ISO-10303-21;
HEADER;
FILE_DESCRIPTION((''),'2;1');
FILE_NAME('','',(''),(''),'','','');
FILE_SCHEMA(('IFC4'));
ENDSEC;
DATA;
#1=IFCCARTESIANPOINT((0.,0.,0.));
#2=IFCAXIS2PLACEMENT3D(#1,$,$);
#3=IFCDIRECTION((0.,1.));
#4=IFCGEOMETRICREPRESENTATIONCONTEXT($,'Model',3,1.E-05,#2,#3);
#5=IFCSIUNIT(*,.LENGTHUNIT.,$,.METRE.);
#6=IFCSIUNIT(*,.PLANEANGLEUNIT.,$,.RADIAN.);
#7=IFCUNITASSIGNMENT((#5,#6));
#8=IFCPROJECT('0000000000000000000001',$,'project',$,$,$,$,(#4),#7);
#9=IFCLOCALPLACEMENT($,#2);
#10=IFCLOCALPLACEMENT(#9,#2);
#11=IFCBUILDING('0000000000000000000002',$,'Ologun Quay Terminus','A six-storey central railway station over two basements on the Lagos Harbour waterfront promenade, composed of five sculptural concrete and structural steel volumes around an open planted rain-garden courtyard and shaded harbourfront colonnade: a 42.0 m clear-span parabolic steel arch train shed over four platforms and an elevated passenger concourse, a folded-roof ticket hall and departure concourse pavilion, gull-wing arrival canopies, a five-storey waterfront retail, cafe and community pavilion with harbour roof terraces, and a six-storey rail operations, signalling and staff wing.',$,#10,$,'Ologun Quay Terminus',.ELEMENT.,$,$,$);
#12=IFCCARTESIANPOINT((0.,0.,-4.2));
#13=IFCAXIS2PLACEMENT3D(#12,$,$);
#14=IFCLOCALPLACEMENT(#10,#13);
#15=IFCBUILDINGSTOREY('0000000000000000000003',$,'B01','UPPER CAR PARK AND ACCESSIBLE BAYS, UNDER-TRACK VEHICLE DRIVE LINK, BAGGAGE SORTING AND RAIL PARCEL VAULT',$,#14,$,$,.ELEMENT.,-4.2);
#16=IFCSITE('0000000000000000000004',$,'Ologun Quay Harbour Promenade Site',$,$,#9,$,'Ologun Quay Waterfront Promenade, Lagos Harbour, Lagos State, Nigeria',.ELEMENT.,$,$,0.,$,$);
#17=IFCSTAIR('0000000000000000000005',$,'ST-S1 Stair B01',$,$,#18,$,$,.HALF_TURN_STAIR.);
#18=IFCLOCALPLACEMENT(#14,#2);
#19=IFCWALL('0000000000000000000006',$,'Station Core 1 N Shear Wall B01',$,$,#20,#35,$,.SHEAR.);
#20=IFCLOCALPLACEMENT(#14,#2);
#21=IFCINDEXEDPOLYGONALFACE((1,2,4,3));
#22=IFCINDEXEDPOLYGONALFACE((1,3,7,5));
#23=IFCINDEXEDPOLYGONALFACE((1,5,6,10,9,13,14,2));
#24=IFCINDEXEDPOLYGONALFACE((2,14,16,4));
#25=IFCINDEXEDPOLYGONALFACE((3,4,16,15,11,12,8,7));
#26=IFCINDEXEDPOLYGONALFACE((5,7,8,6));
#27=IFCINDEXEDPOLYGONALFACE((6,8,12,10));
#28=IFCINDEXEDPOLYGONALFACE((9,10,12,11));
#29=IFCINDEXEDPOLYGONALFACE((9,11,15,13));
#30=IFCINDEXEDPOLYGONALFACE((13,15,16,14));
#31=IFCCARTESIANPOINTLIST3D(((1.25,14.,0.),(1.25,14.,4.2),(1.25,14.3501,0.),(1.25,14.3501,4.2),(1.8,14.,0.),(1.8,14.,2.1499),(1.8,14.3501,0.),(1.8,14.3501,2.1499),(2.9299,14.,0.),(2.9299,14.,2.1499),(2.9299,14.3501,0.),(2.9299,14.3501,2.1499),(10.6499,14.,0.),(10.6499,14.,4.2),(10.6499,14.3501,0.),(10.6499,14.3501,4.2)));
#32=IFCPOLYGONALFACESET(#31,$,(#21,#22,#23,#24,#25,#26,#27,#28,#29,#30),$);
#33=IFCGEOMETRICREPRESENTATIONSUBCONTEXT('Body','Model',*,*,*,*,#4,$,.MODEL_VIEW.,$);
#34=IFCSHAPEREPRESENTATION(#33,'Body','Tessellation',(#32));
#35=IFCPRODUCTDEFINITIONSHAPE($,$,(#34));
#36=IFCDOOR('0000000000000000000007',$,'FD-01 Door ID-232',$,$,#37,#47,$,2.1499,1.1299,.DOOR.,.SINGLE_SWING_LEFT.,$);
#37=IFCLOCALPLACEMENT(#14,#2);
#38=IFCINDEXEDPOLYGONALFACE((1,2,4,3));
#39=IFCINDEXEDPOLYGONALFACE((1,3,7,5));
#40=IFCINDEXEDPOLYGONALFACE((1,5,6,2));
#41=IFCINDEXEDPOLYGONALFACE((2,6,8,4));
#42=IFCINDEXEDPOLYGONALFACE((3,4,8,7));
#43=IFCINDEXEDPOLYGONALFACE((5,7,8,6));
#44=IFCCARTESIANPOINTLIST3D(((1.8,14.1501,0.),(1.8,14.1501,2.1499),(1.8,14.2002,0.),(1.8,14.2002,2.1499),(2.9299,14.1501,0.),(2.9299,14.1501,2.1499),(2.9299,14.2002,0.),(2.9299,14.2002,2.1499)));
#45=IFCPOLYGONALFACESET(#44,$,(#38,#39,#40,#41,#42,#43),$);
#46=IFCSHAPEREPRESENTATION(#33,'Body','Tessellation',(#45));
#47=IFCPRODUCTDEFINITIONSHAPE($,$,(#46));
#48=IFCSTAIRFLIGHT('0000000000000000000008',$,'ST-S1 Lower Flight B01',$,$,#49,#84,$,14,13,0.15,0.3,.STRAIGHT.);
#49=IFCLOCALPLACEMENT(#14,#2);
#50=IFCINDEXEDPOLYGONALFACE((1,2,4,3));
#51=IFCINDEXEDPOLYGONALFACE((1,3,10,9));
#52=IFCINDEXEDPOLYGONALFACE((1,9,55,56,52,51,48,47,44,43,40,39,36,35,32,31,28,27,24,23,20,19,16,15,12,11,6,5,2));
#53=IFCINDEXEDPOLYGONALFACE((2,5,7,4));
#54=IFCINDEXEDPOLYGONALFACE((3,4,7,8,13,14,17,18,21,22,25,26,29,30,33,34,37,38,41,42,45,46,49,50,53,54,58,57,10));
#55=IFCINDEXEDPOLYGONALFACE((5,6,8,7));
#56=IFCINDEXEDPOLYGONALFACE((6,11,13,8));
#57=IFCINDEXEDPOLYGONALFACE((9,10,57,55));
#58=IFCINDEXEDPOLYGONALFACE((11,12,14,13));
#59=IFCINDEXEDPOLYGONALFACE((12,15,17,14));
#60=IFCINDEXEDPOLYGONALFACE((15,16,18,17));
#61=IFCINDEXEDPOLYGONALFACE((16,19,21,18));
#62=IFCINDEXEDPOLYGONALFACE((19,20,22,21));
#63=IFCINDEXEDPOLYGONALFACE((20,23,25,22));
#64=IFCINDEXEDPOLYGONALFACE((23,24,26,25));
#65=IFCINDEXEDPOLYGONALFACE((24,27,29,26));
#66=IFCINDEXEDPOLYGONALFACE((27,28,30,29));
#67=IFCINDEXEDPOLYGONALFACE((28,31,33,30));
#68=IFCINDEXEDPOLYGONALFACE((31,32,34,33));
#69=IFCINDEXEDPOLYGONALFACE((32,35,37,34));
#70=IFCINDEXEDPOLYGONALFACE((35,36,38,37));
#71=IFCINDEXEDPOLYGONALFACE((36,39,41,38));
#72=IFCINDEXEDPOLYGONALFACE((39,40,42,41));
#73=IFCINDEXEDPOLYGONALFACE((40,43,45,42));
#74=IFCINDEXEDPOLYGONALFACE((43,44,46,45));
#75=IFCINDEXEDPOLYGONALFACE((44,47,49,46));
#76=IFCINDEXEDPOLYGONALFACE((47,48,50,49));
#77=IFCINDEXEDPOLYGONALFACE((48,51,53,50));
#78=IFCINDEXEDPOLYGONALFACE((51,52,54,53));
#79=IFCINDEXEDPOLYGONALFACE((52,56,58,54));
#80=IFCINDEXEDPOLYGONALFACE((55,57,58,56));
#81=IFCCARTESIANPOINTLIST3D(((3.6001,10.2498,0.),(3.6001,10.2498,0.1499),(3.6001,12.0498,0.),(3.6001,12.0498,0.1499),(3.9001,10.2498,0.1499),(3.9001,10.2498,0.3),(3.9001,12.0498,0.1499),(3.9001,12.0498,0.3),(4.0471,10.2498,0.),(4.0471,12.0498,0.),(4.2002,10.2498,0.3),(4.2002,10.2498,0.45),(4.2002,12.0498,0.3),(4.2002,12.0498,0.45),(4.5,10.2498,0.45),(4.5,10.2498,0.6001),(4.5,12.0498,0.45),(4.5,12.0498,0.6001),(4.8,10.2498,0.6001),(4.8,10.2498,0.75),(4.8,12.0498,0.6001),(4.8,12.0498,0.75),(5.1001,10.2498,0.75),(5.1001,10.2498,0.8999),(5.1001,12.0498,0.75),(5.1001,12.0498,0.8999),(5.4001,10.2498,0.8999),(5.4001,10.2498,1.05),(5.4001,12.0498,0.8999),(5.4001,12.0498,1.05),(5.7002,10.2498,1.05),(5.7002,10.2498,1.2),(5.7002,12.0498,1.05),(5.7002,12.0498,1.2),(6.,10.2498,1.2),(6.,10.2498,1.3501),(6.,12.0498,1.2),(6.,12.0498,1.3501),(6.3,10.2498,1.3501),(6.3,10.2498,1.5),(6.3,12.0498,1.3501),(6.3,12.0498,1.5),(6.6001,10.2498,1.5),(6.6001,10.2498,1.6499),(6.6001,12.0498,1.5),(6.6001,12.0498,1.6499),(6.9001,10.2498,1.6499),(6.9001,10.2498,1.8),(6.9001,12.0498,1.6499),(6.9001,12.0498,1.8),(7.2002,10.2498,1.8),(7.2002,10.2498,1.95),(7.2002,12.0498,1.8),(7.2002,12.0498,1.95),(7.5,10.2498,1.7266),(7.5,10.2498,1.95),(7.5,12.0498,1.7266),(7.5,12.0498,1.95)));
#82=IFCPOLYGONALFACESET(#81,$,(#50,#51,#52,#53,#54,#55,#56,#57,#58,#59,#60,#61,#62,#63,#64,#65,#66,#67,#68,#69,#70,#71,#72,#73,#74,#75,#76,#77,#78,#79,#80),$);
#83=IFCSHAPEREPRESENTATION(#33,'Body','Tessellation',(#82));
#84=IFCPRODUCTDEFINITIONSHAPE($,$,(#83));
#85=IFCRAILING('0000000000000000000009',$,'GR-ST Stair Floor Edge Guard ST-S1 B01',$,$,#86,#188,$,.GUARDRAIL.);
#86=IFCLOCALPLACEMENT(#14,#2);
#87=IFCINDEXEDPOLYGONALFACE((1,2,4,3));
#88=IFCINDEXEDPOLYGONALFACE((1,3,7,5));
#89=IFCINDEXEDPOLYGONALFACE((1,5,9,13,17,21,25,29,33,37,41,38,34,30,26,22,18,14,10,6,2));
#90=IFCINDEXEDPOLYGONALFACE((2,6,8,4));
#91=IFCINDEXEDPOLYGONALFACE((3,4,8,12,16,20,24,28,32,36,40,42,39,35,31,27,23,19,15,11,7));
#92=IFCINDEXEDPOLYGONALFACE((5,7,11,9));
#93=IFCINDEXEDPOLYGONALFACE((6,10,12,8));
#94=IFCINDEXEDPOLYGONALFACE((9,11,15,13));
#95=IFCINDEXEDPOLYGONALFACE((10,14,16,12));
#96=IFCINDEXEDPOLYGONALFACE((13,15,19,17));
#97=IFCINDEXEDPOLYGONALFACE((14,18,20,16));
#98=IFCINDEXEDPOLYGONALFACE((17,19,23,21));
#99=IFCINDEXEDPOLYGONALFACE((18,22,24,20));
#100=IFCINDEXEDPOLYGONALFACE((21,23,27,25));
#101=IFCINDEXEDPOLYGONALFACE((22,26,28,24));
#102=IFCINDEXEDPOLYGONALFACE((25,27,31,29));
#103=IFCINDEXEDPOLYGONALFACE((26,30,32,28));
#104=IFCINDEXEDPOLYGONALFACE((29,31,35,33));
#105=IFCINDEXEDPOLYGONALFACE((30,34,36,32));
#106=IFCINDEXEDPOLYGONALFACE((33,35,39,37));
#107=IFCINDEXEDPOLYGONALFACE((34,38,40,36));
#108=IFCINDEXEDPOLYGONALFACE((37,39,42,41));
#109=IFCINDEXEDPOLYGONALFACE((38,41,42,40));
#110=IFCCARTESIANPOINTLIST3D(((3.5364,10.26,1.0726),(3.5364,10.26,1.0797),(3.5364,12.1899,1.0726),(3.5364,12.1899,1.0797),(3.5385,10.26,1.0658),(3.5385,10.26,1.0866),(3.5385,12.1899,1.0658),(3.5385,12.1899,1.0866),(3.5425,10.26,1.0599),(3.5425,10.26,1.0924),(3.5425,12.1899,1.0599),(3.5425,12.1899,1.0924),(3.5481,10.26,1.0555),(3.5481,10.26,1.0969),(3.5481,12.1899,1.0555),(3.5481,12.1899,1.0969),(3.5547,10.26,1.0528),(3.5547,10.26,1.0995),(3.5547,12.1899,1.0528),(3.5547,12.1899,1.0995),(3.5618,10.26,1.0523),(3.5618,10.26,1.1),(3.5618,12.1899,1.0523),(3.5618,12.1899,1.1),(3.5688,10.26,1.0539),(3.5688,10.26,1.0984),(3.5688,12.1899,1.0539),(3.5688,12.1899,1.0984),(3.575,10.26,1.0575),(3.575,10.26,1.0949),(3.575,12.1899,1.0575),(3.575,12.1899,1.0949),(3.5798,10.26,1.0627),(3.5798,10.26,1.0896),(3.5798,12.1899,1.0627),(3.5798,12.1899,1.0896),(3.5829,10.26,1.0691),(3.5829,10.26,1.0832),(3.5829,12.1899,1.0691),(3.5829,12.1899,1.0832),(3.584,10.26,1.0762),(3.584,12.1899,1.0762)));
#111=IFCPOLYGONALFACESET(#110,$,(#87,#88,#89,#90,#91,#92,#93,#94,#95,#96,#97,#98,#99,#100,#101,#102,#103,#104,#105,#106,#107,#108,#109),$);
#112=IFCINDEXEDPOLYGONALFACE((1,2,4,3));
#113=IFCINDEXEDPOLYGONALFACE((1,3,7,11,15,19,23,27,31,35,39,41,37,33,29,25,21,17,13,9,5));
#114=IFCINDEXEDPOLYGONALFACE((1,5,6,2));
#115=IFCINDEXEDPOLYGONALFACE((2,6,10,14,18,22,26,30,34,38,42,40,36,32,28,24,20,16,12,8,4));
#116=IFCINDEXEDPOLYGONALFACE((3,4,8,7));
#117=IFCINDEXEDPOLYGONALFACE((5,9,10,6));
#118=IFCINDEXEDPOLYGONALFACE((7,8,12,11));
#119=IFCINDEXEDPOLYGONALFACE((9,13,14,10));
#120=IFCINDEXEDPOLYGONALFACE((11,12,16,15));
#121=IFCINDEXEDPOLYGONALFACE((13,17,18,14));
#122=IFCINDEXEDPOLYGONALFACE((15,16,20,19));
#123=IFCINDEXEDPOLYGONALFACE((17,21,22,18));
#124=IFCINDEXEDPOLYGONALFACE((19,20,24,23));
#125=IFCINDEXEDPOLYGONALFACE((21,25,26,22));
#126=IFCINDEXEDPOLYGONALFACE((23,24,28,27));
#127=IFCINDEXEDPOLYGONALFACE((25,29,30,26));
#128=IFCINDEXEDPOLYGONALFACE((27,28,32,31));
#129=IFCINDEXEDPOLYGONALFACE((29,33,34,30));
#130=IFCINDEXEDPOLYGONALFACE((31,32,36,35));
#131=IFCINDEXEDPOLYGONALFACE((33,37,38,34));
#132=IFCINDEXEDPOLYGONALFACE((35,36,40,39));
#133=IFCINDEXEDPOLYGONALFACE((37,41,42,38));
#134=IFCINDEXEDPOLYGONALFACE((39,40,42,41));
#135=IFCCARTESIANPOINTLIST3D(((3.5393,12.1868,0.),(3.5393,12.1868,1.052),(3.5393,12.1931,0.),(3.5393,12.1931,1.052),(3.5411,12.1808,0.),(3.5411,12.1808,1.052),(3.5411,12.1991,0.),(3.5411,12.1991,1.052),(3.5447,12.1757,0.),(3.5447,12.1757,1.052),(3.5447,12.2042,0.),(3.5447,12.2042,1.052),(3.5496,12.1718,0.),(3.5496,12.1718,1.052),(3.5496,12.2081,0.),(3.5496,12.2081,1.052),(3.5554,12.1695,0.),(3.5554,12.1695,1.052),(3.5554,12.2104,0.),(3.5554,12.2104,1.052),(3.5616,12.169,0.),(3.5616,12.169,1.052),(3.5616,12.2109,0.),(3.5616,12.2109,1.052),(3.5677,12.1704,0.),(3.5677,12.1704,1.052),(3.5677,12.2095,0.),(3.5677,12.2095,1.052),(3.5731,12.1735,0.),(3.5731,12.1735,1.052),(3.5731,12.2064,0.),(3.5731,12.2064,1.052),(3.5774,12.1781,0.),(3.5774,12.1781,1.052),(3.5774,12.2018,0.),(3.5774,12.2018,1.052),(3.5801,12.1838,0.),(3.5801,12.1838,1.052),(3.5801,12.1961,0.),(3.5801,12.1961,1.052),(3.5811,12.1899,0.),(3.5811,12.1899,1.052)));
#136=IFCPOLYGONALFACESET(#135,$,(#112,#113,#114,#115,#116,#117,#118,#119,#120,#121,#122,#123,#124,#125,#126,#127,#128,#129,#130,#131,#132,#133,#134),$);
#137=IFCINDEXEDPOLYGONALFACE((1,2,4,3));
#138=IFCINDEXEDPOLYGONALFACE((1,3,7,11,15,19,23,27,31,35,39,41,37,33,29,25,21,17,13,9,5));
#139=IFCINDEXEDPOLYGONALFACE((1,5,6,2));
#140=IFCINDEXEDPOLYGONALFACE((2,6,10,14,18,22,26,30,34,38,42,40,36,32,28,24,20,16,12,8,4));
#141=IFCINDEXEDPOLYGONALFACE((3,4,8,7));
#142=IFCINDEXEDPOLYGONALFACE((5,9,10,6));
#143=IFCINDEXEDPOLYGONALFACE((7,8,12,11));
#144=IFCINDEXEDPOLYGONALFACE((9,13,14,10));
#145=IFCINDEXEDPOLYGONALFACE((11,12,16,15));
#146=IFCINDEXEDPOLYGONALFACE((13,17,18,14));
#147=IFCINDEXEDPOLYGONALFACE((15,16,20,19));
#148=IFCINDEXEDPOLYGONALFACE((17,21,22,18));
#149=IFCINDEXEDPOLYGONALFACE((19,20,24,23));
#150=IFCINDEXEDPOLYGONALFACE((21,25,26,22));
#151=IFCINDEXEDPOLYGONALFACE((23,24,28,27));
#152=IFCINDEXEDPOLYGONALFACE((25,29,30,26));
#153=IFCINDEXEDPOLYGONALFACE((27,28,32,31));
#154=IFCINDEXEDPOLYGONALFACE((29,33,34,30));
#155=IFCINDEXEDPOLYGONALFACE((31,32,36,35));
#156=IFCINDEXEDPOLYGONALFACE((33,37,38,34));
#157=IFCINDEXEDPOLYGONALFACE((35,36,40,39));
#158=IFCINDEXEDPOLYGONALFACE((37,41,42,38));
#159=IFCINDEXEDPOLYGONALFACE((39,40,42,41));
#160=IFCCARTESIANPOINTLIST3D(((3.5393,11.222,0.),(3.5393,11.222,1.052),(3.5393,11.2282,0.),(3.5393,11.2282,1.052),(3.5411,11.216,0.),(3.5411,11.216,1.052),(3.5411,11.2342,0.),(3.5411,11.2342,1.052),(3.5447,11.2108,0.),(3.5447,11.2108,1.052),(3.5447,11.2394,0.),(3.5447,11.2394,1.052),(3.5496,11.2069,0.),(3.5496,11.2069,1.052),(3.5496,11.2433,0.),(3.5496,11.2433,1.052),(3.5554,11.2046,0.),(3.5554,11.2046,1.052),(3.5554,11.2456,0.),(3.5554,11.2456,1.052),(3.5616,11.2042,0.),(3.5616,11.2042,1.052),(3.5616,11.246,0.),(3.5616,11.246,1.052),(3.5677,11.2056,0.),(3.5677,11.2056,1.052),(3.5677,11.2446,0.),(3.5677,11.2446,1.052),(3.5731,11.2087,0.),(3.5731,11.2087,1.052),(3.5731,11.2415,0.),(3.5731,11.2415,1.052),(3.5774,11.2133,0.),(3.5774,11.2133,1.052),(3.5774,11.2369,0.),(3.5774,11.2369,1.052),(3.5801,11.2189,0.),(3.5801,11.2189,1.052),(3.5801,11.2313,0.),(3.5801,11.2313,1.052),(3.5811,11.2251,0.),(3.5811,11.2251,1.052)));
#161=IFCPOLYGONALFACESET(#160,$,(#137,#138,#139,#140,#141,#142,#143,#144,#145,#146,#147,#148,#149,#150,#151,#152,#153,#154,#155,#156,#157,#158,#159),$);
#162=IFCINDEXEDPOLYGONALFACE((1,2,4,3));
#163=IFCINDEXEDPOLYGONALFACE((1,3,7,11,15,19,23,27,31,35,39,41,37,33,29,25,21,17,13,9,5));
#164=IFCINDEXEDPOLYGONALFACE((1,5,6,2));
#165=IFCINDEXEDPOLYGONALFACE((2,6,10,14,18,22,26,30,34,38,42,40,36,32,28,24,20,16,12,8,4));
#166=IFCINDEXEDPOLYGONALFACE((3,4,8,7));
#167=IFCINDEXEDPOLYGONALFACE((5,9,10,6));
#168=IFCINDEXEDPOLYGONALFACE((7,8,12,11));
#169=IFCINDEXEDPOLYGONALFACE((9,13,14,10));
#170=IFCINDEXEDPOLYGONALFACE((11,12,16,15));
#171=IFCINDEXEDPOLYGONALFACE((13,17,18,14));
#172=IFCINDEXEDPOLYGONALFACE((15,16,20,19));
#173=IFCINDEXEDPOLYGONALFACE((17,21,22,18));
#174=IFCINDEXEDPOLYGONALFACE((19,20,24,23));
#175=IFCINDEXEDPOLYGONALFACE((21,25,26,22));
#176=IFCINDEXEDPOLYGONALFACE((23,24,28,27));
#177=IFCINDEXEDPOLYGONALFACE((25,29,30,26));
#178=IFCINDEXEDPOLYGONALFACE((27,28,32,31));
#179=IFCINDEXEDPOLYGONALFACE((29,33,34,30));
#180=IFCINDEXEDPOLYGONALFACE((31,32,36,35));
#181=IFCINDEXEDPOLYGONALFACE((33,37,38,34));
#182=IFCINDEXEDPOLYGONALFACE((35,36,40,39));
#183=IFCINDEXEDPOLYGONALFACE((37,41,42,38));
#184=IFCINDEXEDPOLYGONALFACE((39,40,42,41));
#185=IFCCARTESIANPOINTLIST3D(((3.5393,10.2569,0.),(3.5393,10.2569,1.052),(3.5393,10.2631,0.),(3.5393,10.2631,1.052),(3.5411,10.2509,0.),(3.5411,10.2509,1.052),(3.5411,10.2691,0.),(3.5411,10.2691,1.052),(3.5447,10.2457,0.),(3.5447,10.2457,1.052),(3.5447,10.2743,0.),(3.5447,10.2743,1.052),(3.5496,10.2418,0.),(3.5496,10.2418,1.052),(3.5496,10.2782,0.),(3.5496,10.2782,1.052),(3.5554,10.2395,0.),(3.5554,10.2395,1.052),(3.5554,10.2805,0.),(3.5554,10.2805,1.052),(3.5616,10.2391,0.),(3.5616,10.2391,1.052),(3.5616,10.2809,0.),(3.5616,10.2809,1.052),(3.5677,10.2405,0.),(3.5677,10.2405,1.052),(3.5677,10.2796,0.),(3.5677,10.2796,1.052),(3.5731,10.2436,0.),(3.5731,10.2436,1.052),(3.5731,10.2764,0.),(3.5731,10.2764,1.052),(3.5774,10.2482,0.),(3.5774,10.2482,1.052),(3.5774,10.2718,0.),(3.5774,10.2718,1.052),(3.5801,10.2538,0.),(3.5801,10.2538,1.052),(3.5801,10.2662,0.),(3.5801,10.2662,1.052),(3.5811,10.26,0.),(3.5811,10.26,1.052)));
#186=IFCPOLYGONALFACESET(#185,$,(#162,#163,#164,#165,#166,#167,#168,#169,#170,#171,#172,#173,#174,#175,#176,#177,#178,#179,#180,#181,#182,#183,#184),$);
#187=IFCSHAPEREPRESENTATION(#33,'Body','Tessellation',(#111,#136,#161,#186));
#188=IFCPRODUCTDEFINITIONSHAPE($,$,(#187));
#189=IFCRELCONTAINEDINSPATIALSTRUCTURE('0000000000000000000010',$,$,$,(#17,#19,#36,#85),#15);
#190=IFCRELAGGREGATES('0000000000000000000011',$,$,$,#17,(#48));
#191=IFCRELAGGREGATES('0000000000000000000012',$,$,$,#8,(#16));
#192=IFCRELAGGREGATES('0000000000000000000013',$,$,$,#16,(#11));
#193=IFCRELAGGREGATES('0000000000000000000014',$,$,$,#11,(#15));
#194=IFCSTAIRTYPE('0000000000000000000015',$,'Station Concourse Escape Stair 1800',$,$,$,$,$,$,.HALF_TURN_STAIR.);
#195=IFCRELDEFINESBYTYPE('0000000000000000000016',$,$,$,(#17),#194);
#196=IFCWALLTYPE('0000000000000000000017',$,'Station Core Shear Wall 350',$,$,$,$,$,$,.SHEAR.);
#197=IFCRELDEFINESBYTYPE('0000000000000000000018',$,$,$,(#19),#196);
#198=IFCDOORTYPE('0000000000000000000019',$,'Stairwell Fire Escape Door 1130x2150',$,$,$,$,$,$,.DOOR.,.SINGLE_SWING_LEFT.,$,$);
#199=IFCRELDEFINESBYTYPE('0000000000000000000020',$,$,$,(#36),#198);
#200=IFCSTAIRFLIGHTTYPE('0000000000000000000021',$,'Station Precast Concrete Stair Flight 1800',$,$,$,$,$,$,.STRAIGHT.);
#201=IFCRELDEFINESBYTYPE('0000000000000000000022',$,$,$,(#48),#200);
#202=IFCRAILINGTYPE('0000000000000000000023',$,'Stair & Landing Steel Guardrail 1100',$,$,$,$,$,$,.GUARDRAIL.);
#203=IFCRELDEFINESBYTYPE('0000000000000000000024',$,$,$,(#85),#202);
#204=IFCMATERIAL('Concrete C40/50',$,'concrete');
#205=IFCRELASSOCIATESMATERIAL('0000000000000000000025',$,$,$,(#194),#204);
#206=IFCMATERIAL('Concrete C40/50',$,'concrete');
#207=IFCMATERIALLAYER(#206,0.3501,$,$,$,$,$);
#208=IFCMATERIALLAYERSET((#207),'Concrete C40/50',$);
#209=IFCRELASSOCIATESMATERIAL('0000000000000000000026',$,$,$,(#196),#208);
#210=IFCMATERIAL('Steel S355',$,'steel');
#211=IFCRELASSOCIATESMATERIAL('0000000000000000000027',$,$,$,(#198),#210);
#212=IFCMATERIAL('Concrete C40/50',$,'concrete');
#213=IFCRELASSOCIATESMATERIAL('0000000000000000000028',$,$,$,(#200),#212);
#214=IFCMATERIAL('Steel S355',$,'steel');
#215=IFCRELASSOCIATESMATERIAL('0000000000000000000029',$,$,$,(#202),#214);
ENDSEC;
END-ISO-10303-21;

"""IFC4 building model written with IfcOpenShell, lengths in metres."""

from ifc_helpers import new_model, si_unit, direction, frame, frame_2d, origin, origin_2d, place, context, subcontext, project, spatial, polyline, rectangle, circle, outline, extrude, material, layer, layer_set, type_object, element, fill, aggregate, save


model = new_model("IFC4")

# Units and contexts
model_context = context("Model", 3, precision=1e-05, world=origin(), true_north=direction((0.0, 1.0)))
body_context = subcontext(model_context, "Body", "Model", "MODEL_VIEW")
ifc_project = project(units=[si_unit("LENGTHUNIT", "METRE"), si_unit("PLANEANGLEUNIT", "RADIAN")], contexts=[model_context])

# Site, building, storey
site_placement = place(None, origin())
site = spatial("IfcSite", under=ifc_project, at=site_placement, Name="Ologun Quay Harbour Promenade Site", LongName="Ologun Quay Waterfront Promenade, Lagos Harbour, Lagos State, Nigeria", CompositionType="ELEMENT", RefElevation=0.0)
building_placement = place(site_placement, origin())
building = spatial("IfcBuilding", under=site, at=building_placement, Name="Ologun Quay Terminus", Description="A six-storey central railway station over two basements on the Lagos Harbour waterfront promenade, composed of five sculptural concrete and structural steel volumes around an open planted rain-garden courtyard and shaded harbourfront colonnade: a 42.0 m clear-span parabolic steel arch train shed over four platforms and an elevated passenger concourse, a folded-roof ticket hall and departure concourse pavilion, gull-wing arrival canopies, a five-storey waterfront retail, cafe and community pavilion with harbour roof terraces, and a six-storey rail operations, signalling and staff wing.", LongName="Ologun Quay Terminus", CompositionType="ELEMENT")
storey_placement = place(building_placement, frame((0.0, 0.0, -4.2)))
storey = spatial("IfcBuildingStorey", under=building, at=storey_placement, Name="B01", Description="UPPER CAR PARK AND ACCESSIBLE BAYS, UNDER-TRACK VEHICLE DRIVE LINK, BAGGAGE SORTING AND RAIL PARCEL VAULT", CompositionType="ELEMENT", Elevation=-4.2)

# Stair
ifc_material_1 = material(Name="Concrete C40/50", Category="concrete")
stair_type_1 = type_object("IfcStairType", Name="Station Concourse Escape Stair 1800", PredefinedType="HALF_TURN_STAIR", material=ifc_material_1)
stair_1_placement = place(storey_placement, origin())
stair_1 = element("IfcStair", 1, at=stair_1_placement, inside=storey, type_object=stair_type_1, Name="ST-S1 Stair B01", PredefinedType="HALF_TURN_STAIR")

# Shared definitions
ifc_material_2 = material(Name="Concrete C40/50", Category="concrete")
ifc_layer_1 = layer(ifc_material_2, 0.3501)
ifc_layer_set_1 = layer_set([ifc_layer_1], Name="Concrete C40/50")
wall_type_1 = type_object("IfcWallType", Name="Station Core Shear Wall 350", PredefinedType="SHEAR", material=ifc_layer_set_1)

# Wall, opening, door
wall_1_placement = place(storey_placement, frame((1.25, 14.175, 0.0), z_axis=(0.0, 0.0, 1.0), x_axis=(1.0, 0.0, 0.0)))
wall_1 = element("IfcWall", 2, at=wall_1_placement, inside=storey, type_object=wall_type_1, Name="Station Core 1 N Shear Wall B01", PredefinedType="SHEAR", context=body_context, shape_type="SweptSolid", body=[
    extrude(rectangle(XDim=9.3999, YDim=0.3501, at=frame_2d((4.7, 0.0))), origin(), (0.0, 0.0, 1.0), 4.2),
])
opening_placement = place(wall_1_placement, frame((0.55, 0.0, 0.0)))
opening = element("IfcOpeningElement", 3, at=opening_placement, cuts=wall_1, PredefinedType="OPENING", context=body_context, shape_type="SweptSolid", body=[
    extrude(rectangle(XDim=1.1299, YDim=2.1499, at=frame_2d((0.5649, 1.075))), frame((0.0, 0.1851, 0.0), z_axis=(0.0, -1.0, 0.0), x_axis=(1.0, 0.0, 0.0)), (0.0, 0.0, 1.0), 0.3701),
])
ifc_material_3 = material(Name="Steel S355", Category="steel")
door_type = type_object("IfcDoorType", Name="Stairwell Fire Escape Door 1130x2150", OperationType="SINGLE_SWING_LEFT", PredefinedType="DOOR", material=ifc_material_3)
door_placement = place(opening_placement, frame((0.5649, 0.0, 0.0), z_axis=(0.0, 0.0, 1.0), x_axis=(-1.0, 0.0, 0.0)))
door = element("IfcDoor", 4, at=door_placement, inside=storey, type_object=door_type, Name="FD-01 Door ID-232", OperationType="SINGLE_SWING_LEFT", OverallHeight=2.1499, OverallWidth=1.1299, PredefinedType="DOOR", context=body_context, shape_type="SweptSolid", body=[
    extrude(rectangle(XDim=1.1299, YDim=2.1499, at=frame_2d((0.0, 1.075))), frame((0.0, 0.0249, 0.0), z_axis=(0.0, -1.0, 0.0), x_axis=(1.0, 0.0, 0.0)), (0.0, 0.0, 1.0), 0.05),
])
fill(opening, door)

# Stair flight
ifc_material_4 = material(Name="Concrete C40/50", Category="concrete")
stair_flight_type = type_object("IfcStairFlightType", Name="Station Precast Concrete Stair Flight 1800", PredefinedType="STRAIGHT", material=ifc_material_4)
stair_flight_placement = place(storey_placement, frame((3.6001, 11.1499, 0.0), z_axis=(0.0, 0.0, 1.0), x_axis=(1.0, 0.0, 0.0)))
stair_flight = element("IfcStairFlight", 5, at=stair_flight_placement, type_object=stair_flight_type, Name="ST-S1 Lower Flight B01", NumberOfRisers=14, NumberOfTreads=13, PredefinedType="STRAIGHT", RiserHeight=0.15, TreadLength=0.3, context=body_context, shape_type="SweptSolid", body=[
    extrude(outline(polyline([(0.0, 0.0), (0.0, 0.1499), (0.3, 0.1499), (0.3, 0.3), (0.6001, 0.3), (0.6001, 0.45), (0.8999, 0.45), (0.8999, 0.6001), (1.2, 0.6001), (1.2, 0.75), (1.5, 0.75), (1.5, 0.8999), (1.8, 0.8999), (1.8, 1.05), (2.1001, 1.05), (2.1001, 1.2), (2.3999, 1.2), (2.3999, 1.3501), (2.7, 1.3501), (2.7, 1.5), (3.0, 1.5), (3.0, 1.6499), (3.3, 1.6499), (3.3, 1.8), (3.6001, 1.8), (3.6001, 1.95), (3.8999, 1.95), (3.8999, 2.1001), (3.8999, 1.7266), (0.447, 0.0), (0.0, 0.0)])), frame((0.0, 0.8999, 0.0), z_axis=(0.0, -1.0, 0.0), x_axis=(1.0, 0.0, 0.0)), (0.0, 0.0, 1.0), 1.8),
])
aggregate(stair_1, [stair_flight])

# Railing
ifc_material_5 = material(Name="Steel S355", Category="steel")
railing_type_1 = type_object("IfcRailingType", Name="Stair & Landing Steel Guardrail 1100", PredefinedType="GUARDRAIL", material=ifc_material_5)
railing_1_placement = place(storey_placement, frame((3.5601, 12.1899, 0.0)))
element("IfcRailing", 6, at=railing_1_placement, inside=storey, type_object=railing_type_1, Name="GR-ST Stair Floor Edge Guard ST-S1 B01", PredefinedType="GUARDRAIL", context=body_context, shape_type="SweptSolid", body=[
    extrude(circle(Radius=0.0239, at=origin_2d()), frame((0.0, 0.0, 1.0762), z_axis=(0.0, -1.0, 0.0), x_axis=(1.0, 0.0, 0.0)), (0.0, 0.0, 1.0), 1.9299),
    extrude(circle(Radius=0.021, at=origin_2d()), origin(), (0.0, 0.0, 1.0), 1.052),
    extrude(circle(Radius=0.021, at=origin_2d()), frame((0.0, -0.9648, 0.0)), (0.0, 0.0, 1.0), 1.052),
    extrude(circle(Radius=0.021, at=origin_2d()), frame((0.0, -1.9299, 0.0)), (0.0, 0.0, 1.0), 1.052),
])

save(model, "model.ifc")
